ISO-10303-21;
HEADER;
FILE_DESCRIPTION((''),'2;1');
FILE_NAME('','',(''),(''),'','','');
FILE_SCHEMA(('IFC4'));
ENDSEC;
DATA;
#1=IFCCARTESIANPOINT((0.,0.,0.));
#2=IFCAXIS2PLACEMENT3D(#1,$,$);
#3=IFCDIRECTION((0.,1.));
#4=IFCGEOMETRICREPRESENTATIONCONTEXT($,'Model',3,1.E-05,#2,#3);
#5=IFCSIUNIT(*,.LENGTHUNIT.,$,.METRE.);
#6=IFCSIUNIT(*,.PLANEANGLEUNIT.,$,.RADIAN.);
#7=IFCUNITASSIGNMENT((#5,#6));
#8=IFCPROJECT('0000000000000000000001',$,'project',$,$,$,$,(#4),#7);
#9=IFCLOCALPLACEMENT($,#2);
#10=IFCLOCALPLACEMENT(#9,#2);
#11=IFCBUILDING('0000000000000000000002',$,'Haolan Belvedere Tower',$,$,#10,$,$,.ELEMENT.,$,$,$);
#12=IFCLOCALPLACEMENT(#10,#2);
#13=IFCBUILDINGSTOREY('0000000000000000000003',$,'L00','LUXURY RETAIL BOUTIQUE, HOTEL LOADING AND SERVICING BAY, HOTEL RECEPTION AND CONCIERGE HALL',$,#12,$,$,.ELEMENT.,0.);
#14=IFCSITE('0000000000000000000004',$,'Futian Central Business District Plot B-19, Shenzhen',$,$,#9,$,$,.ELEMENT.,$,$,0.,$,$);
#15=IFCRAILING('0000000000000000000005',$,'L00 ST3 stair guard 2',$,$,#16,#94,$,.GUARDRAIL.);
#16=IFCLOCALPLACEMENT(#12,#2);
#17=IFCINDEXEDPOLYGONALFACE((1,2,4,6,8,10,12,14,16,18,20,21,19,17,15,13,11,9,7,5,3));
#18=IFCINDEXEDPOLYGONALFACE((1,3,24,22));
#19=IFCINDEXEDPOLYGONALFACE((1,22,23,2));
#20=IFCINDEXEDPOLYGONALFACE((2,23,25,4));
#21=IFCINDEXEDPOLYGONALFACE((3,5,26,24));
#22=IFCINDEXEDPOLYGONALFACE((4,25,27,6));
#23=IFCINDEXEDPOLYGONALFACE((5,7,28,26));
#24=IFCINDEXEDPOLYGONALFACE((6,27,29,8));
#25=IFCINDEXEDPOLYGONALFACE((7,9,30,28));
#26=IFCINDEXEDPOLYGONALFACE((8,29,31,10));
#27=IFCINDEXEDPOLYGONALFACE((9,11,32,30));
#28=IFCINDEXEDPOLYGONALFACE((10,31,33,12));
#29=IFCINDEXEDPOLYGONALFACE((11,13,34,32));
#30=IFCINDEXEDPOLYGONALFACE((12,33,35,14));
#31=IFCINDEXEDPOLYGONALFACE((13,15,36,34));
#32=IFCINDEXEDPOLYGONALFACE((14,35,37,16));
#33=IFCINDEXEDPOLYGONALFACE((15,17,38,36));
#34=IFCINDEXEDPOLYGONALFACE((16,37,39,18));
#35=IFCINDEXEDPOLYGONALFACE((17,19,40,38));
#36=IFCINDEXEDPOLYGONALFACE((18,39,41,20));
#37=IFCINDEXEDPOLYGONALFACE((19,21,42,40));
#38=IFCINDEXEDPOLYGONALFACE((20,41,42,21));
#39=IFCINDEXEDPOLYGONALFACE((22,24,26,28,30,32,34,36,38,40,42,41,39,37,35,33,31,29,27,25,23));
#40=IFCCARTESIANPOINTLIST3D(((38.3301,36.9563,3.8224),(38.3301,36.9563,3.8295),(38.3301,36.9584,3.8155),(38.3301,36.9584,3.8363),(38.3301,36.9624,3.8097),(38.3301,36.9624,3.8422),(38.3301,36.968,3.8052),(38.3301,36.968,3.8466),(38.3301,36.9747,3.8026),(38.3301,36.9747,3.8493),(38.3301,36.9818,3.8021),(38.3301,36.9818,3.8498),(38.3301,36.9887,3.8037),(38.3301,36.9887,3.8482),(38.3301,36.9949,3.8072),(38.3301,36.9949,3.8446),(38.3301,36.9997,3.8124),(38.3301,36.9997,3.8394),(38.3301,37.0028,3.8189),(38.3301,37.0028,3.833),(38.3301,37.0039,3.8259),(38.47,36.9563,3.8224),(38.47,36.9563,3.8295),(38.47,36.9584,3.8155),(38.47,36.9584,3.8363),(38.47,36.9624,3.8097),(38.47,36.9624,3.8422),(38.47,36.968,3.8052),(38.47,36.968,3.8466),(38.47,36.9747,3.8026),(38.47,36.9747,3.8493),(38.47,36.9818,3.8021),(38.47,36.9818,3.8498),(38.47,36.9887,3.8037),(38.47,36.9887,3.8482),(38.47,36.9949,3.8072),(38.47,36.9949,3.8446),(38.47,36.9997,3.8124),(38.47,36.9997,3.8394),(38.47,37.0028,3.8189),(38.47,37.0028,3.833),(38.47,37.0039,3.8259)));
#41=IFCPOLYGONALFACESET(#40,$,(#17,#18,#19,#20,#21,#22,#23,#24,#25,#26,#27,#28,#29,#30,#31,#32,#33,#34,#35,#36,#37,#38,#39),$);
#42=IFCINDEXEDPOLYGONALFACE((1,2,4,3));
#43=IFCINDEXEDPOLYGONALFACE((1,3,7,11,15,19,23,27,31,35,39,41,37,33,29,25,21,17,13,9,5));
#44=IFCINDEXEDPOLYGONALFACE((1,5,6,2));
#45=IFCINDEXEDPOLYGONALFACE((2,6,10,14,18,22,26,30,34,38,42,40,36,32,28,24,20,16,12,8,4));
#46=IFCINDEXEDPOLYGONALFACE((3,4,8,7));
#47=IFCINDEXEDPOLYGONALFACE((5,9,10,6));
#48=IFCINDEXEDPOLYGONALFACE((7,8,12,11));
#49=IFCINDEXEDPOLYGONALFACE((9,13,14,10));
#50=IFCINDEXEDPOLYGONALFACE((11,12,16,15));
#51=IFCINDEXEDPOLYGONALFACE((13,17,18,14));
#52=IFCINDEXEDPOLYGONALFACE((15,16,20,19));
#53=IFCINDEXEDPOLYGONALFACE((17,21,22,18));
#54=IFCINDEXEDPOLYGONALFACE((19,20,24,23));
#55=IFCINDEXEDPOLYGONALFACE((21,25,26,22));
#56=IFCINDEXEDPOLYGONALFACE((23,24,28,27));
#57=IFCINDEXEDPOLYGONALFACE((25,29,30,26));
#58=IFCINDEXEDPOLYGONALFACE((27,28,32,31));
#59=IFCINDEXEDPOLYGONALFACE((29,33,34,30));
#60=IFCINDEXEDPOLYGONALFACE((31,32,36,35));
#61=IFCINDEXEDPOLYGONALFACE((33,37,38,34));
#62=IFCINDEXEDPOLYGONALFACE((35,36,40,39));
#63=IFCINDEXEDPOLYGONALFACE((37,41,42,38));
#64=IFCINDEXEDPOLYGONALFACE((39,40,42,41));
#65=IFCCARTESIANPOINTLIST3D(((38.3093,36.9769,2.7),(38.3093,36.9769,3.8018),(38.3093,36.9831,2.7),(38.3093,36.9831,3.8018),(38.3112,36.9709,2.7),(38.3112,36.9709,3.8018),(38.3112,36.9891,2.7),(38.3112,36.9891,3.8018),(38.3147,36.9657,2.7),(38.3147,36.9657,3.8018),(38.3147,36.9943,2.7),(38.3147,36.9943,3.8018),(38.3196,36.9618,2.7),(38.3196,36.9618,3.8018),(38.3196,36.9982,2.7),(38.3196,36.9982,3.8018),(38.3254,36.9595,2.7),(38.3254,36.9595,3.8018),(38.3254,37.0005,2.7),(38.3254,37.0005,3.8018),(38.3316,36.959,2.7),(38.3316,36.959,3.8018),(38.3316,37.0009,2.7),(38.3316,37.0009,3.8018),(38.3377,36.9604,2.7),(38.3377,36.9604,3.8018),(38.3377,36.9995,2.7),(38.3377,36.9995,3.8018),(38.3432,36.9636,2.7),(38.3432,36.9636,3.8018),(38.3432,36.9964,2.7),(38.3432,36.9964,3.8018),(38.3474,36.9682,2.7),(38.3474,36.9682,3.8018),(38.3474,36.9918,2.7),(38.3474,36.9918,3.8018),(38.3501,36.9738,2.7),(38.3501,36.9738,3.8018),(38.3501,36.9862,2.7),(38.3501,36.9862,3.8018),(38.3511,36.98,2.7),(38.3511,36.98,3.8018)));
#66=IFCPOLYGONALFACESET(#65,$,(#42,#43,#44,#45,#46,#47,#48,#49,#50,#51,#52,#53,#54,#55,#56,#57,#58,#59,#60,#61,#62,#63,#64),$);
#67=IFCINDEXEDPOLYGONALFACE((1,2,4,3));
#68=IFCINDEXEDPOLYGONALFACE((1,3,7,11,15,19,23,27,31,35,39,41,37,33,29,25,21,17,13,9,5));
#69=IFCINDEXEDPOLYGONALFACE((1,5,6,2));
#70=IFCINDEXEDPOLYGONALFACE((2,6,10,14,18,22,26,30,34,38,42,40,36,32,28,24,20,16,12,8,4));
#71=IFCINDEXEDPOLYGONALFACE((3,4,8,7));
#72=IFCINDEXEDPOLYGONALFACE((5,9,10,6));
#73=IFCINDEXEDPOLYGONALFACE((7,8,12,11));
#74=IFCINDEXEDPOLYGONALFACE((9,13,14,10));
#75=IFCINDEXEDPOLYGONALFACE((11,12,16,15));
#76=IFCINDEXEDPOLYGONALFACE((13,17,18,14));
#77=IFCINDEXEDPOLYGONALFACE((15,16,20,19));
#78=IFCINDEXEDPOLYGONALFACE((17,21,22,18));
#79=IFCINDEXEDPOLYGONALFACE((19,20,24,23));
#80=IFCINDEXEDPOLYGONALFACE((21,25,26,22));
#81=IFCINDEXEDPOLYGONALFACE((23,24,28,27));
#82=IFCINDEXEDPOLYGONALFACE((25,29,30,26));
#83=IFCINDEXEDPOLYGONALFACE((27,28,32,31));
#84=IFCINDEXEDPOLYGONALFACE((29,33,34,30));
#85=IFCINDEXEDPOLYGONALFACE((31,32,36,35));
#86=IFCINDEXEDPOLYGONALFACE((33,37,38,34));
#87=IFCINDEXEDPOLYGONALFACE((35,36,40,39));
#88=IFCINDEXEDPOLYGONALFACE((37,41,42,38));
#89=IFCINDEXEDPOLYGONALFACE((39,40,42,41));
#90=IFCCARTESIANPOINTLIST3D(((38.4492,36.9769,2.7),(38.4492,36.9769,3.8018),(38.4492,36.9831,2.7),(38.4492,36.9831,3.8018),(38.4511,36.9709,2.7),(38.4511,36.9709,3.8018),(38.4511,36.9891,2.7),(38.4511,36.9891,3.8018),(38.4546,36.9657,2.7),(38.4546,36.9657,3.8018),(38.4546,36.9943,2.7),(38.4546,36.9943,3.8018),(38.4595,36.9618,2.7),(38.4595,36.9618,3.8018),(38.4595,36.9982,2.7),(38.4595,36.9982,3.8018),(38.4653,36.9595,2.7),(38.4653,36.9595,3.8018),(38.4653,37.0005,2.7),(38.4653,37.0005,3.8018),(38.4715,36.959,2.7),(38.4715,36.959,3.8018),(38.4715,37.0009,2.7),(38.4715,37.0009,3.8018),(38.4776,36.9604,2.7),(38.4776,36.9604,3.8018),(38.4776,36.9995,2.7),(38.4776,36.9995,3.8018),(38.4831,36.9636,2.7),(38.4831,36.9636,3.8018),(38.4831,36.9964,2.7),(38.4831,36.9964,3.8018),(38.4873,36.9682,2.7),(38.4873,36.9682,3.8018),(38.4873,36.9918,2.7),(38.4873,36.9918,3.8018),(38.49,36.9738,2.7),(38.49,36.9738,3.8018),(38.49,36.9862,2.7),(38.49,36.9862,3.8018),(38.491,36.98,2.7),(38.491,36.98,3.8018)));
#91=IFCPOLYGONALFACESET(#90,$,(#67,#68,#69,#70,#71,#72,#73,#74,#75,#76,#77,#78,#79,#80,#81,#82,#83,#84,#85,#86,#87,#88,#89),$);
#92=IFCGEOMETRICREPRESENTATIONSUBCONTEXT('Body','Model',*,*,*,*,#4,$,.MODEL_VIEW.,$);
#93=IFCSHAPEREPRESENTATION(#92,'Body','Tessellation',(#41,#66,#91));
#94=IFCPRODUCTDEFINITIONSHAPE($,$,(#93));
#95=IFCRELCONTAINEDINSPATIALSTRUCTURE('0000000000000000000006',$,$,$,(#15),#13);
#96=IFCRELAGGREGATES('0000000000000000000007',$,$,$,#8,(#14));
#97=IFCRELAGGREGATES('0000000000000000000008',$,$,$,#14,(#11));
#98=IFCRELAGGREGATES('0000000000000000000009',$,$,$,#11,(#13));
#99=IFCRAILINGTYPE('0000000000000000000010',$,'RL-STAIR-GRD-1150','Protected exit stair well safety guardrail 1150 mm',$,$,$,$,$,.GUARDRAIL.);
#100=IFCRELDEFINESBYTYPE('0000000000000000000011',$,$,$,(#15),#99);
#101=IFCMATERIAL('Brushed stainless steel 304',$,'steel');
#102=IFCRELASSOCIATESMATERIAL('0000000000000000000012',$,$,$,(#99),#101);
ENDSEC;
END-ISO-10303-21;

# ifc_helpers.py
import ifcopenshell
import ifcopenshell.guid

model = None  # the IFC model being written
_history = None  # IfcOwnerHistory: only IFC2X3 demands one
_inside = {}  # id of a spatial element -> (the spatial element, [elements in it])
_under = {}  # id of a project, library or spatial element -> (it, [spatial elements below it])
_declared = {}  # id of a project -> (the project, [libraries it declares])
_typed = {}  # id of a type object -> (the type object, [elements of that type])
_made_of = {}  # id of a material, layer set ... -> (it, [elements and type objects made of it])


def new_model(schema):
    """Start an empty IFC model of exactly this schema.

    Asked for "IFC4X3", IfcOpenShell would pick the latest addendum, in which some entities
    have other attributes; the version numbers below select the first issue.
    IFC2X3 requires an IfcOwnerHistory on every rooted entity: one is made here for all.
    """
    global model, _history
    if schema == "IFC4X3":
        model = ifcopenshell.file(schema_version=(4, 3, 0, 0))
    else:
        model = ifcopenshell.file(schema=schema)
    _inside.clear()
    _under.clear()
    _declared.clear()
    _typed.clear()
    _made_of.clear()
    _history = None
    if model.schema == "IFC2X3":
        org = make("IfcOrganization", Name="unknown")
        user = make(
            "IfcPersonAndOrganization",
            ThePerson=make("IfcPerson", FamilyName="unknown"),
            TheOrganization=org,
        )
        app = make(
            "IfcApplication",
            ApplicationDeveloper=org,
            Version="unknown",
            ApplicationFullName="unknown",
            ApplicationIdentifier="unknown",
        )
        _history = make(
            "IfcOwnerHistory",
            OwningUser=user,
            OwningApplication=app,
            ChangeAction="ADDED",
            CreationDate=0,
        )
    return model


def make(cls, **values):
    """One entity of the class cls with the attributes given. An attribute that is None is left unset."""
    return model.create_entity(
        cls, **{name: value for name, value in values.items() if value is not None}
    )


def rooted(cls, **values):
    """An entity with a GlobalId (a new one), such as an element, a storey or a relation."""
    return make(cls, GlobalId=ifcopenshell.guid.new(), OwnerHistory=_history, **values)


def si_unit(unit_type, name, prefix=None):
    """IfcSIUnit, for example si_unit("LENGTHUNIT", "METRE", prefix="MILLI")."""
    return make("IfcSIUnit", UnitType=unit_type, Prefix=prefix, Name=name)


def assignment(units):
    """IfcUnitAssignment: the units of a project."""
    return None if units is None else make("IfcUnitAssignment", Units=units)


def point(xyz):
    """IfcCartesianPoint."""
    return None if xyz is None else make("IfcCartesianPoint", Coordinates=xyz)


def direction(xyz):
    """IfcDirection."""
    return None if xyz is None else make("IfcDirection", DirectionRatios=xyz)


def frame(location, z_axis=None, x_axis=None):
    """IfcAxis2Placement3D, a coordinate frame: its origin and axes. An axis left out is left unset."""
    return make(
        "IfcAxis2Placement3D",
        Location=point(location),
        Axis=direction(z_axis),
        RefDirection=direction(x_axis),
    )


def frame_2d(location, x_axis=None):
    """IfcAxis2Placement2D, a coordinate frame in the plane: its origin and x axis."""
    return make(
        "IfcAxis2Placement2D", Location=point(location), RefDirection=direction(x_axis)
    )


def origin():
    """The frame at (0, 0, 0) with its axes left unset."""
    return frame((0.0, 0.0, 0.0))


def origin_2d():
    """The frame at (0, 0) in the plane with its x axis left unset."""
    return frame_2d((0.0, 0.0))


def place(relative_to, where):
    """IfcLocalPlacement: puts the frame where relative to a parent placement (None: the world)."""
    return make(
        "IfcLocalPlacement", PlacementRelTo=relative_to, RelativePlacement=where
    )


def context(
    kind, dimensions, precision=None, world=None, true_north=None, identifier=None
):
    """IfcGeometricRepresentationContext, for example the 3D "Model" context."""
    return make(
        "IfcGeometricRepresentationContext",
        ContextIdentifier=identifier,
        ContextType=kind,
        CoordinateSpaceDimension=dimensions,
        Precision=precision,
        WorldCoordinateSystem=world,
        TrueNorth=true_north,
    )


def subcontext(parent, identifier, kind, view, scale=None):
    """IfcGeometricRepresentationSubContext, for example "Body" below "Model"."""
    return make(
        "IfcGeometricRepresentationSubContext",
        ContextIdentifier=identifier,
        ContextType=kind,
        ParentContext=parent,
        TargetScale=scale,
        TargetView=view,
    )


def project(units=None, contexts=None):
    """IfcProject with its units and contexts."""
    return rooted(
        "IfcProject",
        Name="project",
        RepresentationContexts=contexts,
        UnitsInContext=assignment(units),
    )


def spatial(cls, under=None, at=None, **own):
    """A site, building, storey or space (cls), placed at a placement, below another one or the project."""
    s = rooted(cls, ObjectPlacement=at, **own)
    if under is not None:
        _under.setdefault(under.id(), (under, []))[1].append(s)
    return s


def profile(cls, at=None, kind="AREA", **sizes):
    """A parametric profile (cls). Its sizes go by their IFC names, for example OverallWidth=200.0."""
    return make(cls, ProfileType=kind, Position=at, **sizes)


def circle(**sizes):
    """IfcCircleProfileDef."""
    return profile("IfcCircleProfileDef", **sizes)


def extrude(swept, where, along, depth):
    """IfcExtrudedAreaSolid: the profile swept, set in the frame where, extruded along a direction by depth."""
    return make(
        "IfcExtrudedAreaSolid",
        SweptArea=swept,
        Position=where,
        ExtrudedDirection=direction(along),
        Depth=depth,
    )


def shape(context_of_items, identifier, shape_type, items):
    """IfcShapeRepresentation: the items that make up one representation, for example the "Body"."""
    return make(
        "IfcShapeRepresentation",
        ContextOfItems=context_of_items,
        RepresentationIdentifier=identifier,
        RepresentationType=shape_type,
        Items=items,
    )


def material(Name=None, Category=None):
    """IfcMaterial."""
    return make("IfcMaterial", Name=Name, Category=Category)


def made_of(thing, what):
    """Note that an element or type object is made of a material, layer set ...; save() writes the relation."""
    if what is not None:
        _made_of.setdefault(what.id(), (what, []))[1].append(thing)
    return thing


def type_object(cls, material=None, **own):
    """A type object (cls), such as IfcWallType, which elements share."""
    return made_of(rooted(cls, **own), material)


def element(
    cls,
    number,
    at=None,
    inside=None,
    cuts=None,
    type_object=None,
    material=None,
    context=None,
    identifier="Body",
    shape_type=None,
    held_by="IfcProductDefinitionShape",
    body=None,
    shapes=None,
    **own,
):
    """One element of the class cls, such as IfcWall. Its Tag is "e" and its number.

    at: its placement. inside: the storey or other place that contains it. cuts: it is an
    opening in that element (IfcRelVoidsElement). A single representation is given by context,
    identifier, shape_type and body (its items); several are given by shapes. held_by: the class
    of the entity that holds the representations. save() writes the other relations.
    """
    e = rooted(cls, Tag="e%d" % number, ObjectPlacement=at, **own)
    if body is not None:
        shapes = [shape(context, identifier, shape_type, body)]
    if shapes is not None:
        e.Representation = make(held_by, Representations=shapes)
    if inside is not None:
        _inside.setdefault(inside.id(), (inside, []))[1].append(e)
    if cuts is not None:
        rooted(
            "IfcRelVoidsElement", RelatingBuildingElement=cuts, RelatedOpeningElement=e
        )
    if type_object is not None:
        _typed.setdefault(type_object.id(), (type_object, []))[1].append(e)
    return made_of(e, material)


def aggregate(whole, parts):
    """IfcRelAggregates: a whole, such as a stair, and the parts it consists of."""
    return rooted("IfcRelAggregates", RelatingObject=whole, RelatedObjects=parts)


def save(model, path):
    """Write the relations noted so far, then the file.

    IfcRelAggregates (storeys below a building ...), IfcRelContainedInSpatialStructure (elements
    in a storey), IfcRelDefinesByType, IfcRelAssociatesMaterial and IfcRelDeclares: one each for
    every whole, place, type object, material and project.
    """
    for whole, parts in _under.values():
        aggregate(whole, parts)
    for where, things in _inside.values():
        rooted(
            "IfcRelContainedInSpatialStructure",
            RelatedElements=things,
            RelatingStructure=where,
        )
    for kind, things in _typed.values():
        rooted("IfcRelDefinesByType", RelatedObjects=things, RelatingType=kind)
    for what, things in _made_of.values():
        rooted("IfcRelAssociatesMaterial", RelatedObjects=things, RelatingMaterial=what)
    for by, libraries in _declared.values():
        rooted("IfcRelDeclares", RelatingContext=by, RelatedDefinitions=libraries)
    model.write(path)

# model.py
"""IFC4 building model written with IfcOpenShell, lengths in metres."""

from ifc_helpers import new_model, si_unit, direction, frame, origin, origin_2d, place, context, subcontext, project, spatial, circle, extrude, material, type_object, element, save


model = new_model("IFC4")

# Units and contexts
model_context = context("Model", 3, precision=1e-05, world=origin(), true_north=direction((0.0, 1.0)))
body_context = subcontext(model_context, "Body", "Model", "MODEL_VIEW")
ifc_project = project(units=[si_unit("LENGTHUNIT", "METRE"), si_unit("PLANEANGLEUNIT", "RADIAN")], contexts=[model_context])

# Site, building, storey
site_placement = place(None, origin())
site = spatial("IfcSite", under=ifc_project, at=site_placement, Name="Futian Central Business District Plot B-19, Shenzhen", CompositionType="ELEMENT", RefElevation=0.0)
building_placement = place(site_placement, origin())
building = spatial("IfcBuilding", under=site, at=building_placement, Name="Haolan Belvedere Tower", CompositionType="ELEMENT")
storey_placement = place(building_placement, origin())
storey = spatial("IfcBuildingStorey", under=building, at=storey_placement, Name="L00", Description="LUXURY RETAIL BOUTIQUE, HOTEL LOADING AND SERVICING BAY, HOTEL RECEPTION AND CONCIERGE HALL", CompositionType="ELEMENT", Elevation=0.0)

# Railing
ifc_material_1 = material(Name="Brushed stainless steel 304", Category="steel")
railing_type_1 = type_object("IfcRailingType", Name="RL-STAIR-GRD-1150", Description="Protected exit stair well safety guardrail 1150 mm", PredefinedType="GUARDRAIL", material=ifc_material_1)
railing_1_placement = place(storey_placement, frame((38.3301, 36.98, 2.7)))
element("IfcRailing", 1, at=railing_1_placement, inside=storey, type_object=railing_type_1, Name="L00 ST3 stair guard 2", PredefinedType="GUARDRAIL", context=body_context, shape_type="SweptSolid", body=[
    extrude(circle(Radius=0.0239, at=origin_2d()), frame((0.0, 0.0, 1.126), z_axis=(1.0, 0.0, 0.0), x_axis=(0.0, 1.0, 0.0)), (0.0, 0.0, 1.0), 0.1399),
    extrude(circle(Radius=0.021, at=origin_2d()), origin(), (0.0, 0.0, 1.0), 1.1018),
    extrude(circle(Radius=0.021, at=origin_2d()), frame((0.1399, 0.0, 0.0)), (0.0, 0.0, 1.0), 1.1018),
])

save(model, "model.ifc")
